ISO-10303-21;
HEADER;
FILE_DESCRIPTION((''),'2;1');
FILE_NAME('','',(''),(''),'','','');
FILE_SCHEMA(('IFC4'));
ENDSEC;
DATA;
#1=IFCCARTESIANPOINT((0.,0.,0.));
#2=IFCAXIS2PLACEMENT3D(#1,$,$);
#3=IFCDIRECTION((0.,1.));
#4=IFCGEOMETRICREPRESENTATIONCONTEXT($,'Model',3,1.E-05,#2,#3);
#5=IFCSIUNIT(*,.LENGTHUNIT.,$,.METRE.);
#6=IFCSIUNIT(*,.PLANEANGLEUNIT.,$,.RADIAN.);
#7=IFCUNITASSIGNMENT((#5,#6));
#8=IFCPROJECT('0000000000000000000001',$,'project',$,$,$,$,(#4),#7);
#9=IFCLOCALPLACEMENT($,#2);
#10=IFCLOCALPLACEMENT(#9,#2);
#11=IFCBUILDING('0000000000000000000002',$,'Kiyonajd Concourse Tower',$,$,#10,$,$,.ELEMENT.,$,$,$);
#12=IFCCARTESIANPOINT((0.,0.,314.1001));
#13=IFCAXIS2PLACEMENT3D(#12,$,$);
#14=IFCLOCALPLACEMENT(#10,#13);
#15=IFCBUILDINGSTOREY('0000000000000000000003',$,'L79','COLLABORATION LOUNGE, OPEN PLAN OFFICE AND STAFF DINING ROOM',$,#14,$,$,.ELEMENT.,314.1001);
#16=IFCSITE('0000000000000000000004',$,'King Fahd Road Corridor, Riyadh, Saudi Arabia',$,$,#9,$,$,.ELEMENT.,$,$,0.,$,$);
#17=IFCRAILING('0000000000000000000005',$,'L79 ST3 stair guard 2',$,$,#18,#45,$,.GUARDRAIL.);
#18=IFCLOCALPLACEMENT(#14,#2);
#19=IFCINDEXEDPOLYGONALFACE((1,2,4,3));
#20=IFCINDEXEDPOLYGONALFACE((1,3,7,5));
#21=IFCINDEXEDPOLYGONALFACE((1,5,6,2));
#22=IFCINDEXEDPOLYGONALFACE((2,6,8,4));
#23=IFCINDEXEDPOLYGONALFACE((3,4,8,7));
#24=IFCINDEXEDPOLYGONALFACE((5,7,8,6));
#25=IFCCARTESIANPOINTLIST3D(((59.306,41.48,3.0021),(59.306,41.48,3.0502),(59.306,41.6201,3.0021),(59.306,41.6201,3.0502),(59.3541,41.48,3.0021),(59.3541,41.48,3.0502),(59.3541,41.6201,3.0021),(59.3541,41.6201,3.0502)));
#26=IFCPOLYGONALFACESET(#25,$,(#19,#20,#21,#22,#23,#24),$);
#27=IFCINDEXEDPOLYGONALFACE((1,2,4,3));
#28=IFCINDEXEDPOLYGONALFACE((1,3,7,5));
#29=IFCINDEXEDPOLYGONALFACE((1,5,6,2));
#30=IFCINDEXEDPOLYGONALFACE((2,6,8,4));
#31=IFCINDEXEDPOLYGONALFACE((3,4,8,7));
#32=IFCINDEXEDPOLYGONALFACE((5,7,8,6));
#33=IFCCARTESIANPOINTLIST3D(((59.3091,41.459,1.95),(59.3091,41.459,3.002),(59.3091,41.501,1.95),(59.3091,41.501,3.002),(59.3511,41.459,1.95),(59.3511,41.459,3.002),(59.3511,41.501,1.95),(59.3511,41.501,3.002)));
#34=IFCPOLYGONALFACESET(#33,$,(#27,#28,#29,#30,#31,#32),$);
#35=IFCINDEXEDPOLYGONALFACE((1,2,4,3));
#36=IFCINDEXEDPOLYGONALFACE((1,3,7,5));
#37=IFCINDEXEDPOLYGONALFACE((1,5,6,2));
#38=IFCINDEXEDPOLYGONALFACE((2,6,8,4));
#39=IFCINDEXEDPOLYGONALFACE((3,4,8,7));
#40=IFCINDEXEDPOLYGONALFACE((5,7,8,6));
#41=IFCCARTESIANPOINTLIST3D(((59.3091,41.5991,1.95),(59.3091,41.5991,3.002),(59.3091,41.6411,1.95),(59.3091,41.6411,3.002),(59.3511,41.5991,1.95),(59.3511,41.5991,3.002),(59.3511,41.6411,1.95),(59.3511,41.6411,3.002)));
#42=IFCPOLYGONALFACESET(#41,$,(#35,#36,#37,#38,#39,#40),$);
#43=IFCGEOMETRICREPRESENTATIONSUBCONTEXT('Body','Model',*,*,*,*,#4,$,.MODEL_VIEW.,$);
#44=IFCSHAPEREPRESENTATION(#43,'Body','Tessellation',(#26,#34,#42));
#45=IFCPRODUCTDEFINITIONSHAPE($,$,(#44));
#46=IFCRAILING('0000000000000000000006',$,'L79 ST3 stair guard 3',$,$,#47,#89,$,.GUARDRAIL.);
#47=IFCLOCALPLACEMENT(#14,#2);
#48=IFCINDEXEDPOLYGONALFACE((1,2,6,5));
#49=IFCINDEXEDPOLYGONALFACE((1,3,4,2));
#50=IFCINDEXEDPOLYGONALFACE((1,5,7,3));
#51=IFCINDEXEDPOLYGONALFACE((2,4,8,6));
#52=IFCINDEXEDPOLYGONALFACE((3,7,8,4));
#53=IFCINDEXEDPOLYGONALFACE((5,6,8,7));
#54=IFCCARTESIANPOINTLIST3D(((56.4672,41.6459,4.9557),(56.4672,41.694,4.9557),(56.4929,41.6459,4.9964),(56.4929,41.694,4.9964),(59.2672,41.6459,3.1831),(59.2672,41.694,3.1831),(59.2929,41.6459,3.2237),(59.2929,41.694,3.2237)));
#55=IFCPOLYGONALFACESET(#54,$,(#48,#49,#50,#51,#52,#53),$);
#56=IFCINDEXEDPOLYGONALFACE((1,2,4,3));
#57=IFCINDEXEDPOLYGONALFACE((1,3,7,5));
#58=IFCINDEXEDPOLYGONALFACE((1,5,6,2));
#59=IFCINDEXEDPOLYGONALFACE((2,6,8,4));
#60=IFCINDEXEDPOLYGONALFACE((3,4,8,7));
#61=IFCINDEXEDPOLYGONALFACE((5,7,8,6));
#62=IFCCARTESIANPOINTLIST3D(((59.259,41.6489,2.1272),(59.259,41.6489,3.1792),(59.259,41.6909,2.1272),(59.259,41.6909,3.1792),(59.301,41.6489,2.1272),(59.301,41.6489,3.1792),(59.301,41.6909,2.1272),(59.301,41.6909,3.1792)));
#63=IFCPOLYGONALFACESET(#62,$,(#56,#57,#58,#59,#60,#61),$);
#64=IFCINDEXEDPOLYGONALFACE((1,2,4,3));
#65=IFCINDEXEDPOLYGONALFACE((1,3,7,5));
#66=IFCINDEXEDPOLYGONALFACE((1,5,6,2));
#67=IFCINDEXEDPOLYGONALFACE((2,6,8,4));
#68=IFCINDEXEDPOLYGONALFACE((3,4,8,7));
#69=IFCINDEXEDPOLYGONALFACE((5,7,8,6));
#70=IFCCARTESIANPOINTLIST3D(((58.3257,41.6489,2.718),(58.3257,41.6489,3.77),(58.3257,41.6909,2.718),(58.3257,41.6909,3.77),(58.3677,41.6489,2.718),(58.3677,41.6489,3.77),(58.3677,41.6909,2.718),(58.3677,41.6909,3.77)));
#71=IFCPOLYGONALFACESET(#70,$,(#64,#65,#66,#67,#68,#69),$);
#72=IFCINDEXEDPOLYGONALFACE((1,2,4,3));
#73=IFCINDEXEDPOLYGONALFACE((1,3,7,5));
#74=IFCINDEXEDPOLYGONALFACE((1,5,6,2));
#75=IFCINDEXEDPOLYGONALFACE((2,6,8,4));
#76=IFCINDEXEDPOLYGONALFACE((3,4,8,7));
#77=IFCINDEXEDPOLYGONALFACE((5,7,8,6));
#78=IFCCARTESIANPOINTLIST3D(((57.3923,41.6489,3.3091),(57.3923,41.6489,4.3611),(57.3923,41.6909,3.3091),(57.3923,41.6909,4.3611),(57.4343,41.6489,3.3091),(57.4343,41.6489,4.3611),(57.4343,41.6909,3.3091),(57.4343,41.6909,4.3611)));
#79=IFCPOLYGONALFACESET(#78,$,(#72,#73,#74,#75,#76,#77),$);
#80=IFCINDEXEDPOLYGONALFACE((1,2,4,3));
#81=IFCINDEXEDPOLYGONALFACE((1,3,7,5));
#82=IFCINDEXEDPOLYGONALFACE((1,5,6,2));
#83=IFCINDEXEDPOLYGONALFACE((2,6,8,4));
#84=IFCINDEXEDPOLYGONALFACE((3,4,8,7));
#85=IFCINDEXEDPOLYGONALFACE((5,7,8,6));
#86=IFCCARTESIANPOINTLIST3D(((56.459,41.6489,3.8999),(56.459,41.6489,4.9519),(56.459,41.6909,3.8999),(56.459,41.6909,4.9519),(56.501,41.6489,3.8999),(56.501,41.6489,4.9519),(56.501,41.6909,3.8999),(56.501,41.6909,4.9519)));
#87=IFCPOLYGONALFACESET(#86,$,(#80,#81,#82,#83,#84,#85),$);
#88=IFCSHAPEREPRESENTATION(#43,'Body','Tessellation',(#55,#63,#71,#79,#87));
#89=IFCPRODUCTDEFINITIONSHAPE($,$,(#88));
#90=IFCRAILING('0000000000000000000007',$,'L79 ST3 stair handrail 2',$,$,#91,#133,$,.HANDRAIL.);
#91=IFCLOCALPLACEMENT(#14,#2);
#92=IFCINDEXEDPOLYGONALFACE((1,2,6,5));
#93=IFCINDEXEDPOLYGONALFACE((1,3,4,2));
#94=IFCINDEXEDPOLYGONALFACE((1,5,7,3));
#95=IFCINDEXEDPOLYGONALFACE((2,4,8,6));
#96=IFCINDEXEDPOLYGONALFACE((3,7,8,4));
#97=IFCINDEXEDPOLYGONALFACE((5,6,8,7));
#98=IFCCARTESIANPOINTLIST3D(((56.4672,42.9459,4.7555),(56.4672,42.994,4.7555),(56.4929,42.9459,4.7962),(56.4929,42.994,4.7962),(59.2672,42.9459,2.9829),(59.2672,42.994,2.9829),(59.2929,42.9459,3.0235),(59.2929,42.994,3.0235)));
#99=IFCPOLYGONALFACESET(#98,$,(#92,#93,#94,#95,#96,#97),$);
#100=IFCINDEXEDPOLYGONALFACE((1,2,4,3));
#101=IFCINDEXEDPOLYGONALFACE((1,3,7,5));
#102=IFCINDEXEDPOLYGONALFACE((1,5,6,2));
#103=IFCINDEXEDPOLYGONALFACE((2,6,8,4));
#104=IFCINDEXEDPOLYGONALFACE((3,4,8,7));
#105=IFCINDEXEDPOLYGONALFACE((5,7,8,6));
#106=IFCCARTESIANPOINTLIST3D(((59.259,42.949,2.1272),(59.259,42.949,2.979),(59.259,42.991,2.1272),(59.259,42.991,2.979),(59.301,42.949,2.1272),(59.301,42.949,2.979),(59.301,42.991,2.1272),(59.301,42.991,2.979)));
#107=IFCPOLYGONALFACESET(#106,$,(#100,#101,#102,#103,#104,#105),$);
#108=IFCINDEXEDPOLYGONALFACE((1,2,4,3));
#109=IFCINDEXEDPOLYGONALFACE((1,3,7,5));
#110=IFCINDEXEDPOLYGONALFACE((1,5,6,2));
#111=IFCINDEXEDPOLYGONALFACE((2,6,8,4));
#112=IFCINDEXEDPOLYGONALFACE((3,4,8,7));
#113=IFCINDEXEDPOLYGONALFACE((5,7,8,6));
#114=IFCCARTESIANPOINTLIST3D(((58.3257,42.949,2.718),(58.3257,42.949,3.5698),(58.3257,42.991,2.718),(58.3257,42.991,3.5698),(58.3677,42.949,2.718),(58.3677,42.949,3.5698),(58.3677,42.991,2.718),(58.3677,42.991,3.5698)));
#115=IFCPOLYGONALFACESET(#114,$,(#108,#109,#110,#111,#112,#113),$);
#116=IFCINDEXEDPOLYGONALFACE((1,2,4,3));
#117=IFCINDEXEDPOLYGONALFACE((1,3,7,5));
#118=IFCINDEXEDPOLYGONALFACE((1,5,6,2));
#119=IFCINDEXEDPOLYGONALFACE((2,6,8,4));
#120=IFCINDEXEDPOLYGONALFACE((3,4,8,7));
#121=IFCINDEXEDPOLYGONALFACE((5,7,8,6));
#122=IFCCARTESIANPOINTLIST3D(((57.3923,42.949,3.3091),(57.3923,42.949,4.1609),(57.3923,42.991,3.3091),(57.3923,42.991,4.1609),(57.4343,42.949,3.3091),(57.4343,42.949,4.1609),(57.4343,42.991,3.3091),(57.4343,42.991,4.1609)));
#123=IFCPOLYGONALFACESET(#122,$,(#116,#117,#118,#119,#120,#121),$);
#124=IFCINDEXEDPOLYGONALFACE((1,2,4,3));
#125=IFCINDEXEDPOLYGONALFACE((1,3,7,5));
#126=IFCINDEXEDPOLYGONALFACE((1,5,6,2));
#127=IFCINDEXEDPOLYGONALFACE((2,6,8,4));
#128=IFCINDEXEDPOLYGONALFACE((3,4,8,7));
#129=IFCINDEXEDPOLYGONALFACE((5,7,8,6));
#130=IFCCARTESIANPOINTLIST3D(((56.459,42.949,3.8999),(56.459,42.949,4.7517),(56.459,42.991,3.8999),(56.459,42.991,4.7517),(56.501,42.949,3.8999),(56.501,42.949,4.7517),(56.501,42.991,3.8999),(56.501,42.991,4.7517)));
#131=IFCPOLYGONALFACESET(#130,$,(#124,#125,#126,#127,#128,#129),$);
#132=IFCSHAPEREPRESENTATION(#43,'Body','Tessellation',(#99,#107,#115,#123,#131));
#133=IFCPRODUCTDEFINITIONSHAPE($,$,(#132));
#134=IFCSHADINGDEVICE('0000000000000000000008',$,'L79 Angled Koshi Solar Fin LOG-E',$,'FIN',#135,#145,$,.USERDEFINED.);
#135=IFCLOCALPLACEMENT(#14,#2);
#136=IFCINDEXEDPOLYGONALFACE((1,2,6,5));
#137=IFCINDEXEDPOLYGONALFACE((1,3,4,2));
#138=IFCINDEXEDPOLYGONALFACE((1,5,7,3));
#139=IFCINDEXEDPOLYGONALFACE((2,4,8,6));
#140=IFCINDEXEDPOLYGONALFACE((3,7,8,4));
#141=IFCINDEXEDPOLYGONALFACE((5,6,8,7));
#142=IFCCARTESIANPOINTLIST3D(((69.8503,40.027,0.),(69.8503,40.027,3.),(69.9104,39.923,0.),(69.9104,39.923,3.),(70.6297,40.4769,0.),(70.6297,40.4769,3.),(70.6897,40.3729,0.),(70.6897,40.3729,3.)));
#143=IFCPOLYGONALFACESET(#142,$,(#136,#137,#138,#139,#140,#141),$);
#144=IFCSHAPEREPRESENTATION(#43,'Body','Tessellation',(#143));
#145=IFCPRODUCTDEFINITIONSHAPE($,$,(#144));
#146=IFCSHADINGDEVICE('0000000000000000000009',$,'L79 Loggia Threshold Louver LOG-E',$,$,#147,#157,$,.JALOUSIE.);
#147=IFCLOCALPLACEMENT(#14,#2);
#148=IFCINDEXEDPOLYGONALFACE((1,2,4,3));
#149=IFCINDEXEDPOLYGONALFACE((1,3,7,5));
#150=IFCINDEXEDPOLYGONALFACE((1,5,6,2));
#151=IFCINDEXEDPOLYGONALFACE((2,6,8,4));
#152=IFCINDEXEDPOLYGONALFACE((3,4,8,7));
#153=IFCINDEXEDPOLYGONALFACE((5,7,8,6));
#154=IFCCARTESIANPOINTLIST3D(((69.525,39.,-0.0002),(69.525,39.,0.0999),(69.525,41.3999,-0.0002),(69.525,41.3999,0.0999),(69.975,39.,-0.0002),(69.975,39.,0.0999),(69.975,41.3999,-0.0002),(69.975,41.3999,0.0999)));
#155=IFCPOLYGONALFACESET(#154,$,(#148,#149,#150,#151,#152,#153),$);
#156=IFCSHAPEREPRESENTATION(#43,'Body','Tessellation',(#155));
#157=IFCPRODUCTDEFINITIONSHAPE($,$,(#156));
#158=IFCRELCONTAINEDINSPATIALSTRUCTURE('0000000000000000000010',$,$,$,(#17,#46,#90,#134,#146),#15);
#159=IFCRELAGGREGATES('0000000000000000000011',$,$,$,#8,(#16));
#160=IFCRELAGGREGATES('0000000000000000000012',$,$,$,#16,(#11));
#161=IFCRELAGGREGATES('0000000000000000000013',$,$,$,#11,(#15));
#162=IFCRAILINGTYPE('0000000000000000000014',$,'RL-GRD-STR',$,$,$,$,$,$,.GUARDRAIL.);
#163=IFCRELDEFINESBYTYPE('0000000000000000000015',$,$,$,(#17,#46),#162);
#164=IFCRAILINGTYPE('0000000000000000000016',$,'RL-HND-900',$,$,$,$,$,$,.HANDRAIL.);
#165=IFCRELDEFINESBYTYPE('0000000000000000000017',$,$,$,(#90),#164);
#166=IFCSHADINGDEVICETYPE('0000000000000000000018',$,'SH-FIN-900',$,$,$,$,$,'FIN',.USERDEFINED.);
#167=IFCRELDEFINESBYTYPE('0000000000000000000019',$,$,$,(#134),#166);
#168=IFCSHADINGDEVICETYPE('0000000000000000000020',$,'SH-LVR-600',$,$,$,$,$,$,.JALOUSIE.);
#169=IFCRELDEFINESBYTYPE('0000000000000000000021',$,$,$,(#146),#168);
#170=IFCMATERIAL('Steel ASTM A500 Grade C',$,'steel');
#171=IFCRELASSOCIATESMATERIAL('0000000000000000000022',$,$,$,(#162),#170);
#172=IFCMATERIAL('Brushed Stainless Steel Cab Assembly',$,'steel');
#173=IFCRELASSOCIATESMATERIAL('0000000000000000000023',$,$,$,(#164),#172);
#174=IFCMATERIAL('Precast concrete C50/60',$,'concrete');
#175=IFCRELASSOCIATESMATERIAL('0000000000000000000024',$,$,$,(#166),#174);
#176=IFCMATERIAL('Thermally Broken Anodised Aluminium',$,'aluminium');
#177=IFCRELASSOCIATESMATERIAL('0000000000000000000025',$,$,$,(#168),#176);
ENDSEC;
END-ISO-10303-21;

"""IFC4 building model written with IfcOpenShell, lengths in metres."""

from ifc_helpers import new_model, si_unit, direction, frame, origin, origin_2d, place, context, subcontext, project, spatial, rectangle, extrude, material, type_object, element, save


model = new_model("IFC4")

# Units and contexts
model_context = context("Model", 3, precision=1e-05, world=origin(), true_north=direction((0.0, 1.0)))
body_context = subcontext(model_context, "Body", "Model", "MODEL_VIEW")
ifc_project = project(units=[si_unit("LENGTHUNIT", "METRE"), si_unit("PLANEANGLEUNIT", "RADIAN")], contexts=[model_context])

# Site, building, storey
site_placement = place(None, origin())
site = spatial("IfcSite", under=ifc_project, at=site_placement, Name="King Fahd Road Corridor, Riyadh, Saudi Arabia", CompositionType="ELEMENT", RefElevation=0.0)
building_placement = place(site_placement, origin())
building = spatial("IfcBuilding", under=site, at=building_placement, Name="Kiyonajd Concourse Tower", CompositionType="ELEMENT")
storey_placement = place(building_placement, frame((0.0, 0.0, 314.1001)))
storey = spatial("IfcBuildingStorey", under=building, at=storey_placement, Name="L79", Description="COLLABORATION LOUNGE, OPEN PLAN OFFICE AND STAFF DINING ROOM", CompositionType="ELEMENT", Elevation=314.1001)

# Shared definitions
ifc_material_1 = material(Name="Thermally Broken Anodised Aluminium", Category="aluminium")

# Shared definitions
ifc_material_2 = material(Name="Precast concrete C50/60", Category="concrete")

# Shared definitions
ifc_material_3 = material(Name="Brushed Stainless Steel Cab Assembly", Category="steel")

# Railings
ifc_material_4 = material(Name="Steel ASTM A500 Grade C", Category="steel")
railing_type_1 = type_object("IfcRailingType", Name="RL-GRD-STR", PredefinedType="GUARDRAIL", material=ifc_material_4)
railing_1_placement = place(storey_placement, frame((59.3301, 41.48, 1.95)))
element("IfcRailing", 1, at=railing_1_placement, inside=storey, type_object=railing_type_1, Name="L79 ST3 stair guard 2", PredefinedType="GUARDRAIL", context=body_context, shape_type="SweptSolid", body=[
    extrude(rectangle(XDim=0.0481, YDim=0.0481, at=origin_2d()), frame((0.0, 0.0, 1.0762), z_axis=(0.0, 1.0, 0.0), x_axis=(-1.0, 0.0, 0.0)), (0.0, 0.0, 1.0), 0.1401),
    extrude(rectangle(XDim=0.042, YDim=0.042, at=origin_2d()), origin(), (0.0, 0.0, 1.0), 1.052),
    extrude(rectangle(XDim=0.042, YDim=0.042, at=origin_2d()), frame((0.0, 0.1401, 0.0)), (0.0, 0.0, 1.0), 1.052),
])
railing_2_placement = place(storey_placement, frame((59.28, 41.6699, 2.1272)))
element("IfcRailing", 2, at=railing_2_placement, inside=storey, type_object=railing_type_1, Name="L79 ST3 stair guard 3", PredefinedType="GUARDRAIL", context=body_context, shape_type="SweptSolid", body=[
    extrude(rectangle(XDim=0.0481, YDim=0.0481, at=origin_2d()), frame((0.0, 0.0, 1.0762), z_axis=(-0.844909, 0.0, 0.53491), x_axis=(0.0, -1.0, 0.0)), (0.0, 0.0, 1.0), 3.314),
    extrude(rectangle(XDim=0.042, YDim=0.042, at=origin_2d()), origin(), (0.0, 0.0, 1.0), 1.052),
    extrude(rectangle(XDim=0.042, YDim=0.042, at=origin_2d()), frame((-0.9333, 0.0, 0.5908)), (0.0, 0.0, 1.0), 1.052),
    extrude(rectangle(XDim=0.042, YDim=0.042, at=origin_2d()), frame((-1.8667, 0.0, 1.1819)), (0.0, 0.0, 1.0), 1.052),
    extrude(rectangle(XDim=0.042, YDim=0.042, at=origin_2d()), frame((-2.8, 0.0, 1.7727)), (0.0, 0.0, 1.0), 1.052),
])
railing_type_2 = type_object("IfcRailingType", Name="RL-HND-900", PredefinedType="HANDRAIL", material=ifc_material_3)
railing_3_placement = place(storey_placement, frame((59.28, 42.97, 2.1272)))
element("IfcRailing", 3, at=railing_3_placement, inside=storey, type_object=railing_type_2, Name="L79 ST3 stair handrail 2", PredefinedType="HANDRAIL", context=body_context, shape_type="SweptSolid", body=[
    extrude(rectangle(XDim=0.0481, YDim=0.0481, at=origin_2d()), frame((0.0, 0.0, 0.876), z_axis=(-0.844909, 0.0, 0.53491), x_axis=(0.0, -1.0, 0.0)), (0.0, 0.0, 1.0), 3.314),
    extrude(rectangle(XDim=0.042, YDim=0.042, at=origin_2d()), origin(), (0.0, 0.0, 1.0), 0.8518),
    extrude(rectangle(XDim=0.042, YDim=0.042, at=origin_2d()), frame((-0.9333, 0.0, 0.5908)), (0.0, 0.0, 1.0), 0.8518),
    extrude(rectangle(XDim=0.042, YDim=0.042, at=origin_2d()), frame((-1.8667, 0.0, 1.1819)), (0.0, 0.0, 1.0), 0.8518),
    extrude(rectangle(XDim=0.042, YDim=0.042, at=origin_2d()), frame((-2.8, 0.0, 1.7727)), (0.0, 0.0, 1.0), 0.8518),
])

# Shading devices
shading_device_type_1 = type_object("IfcShadingDeviceType", Name="SH-FIN-900", ElementType="FIN", PredefinedType="USERDEFINED", material=ifc_material_2)
shading_device_1_placement = place(storey_placement, frame((70.27, 40.2, 0.0), z_axis=(0.0, 0.0, 1.0), x_axis=(0.866025, 0.5, 0.0)))
element("IfcShadingDevice", 4, at=shading_device_1_placement, inside=storey, type_object=shading_device_type_1, Name="L79 Angled Koshi Solar Fin LOG-E", ObjectType="FIN", PredefinedType="USERDEFINED", context=body_context, shape_type="SweptSolid", body=[
    extrude(rectangle(XDim=0.8999, YDim=0.1201, at=origin_2d()), origin(), (0.0, 0.0, 1.0), 3.0),
])
shading_device_type_2 = type_object("IfcShadingDeviceType", Name="SH-LVR-600", PredefinedType="JALOUSIE", material=ifc_material_1)
shading_device_2_placement = place(storey_placement, frame((69.75, 40.2, -0.0002), z_axis=(0.0, 0.0, 1.0), x_axis=(0.0, 1.0, 0.0)))
element("IfcShadingDevice", 5, at=shading_device_2_placement, inside=storey, type_object=shading_device_type_2, Name="L79 Loggia Threshold Louver LOG-E", PredefinedType="JALOUSIE", context=body_context, shape_type="SweptSolid", body=[
    extrude(rectangle(XDim=2.3999, YDim=0.45, at=origin_2d()), origin(), (0.0, 0.0, 1.0), 0.1001),
])

save(model, "model.ifc")
